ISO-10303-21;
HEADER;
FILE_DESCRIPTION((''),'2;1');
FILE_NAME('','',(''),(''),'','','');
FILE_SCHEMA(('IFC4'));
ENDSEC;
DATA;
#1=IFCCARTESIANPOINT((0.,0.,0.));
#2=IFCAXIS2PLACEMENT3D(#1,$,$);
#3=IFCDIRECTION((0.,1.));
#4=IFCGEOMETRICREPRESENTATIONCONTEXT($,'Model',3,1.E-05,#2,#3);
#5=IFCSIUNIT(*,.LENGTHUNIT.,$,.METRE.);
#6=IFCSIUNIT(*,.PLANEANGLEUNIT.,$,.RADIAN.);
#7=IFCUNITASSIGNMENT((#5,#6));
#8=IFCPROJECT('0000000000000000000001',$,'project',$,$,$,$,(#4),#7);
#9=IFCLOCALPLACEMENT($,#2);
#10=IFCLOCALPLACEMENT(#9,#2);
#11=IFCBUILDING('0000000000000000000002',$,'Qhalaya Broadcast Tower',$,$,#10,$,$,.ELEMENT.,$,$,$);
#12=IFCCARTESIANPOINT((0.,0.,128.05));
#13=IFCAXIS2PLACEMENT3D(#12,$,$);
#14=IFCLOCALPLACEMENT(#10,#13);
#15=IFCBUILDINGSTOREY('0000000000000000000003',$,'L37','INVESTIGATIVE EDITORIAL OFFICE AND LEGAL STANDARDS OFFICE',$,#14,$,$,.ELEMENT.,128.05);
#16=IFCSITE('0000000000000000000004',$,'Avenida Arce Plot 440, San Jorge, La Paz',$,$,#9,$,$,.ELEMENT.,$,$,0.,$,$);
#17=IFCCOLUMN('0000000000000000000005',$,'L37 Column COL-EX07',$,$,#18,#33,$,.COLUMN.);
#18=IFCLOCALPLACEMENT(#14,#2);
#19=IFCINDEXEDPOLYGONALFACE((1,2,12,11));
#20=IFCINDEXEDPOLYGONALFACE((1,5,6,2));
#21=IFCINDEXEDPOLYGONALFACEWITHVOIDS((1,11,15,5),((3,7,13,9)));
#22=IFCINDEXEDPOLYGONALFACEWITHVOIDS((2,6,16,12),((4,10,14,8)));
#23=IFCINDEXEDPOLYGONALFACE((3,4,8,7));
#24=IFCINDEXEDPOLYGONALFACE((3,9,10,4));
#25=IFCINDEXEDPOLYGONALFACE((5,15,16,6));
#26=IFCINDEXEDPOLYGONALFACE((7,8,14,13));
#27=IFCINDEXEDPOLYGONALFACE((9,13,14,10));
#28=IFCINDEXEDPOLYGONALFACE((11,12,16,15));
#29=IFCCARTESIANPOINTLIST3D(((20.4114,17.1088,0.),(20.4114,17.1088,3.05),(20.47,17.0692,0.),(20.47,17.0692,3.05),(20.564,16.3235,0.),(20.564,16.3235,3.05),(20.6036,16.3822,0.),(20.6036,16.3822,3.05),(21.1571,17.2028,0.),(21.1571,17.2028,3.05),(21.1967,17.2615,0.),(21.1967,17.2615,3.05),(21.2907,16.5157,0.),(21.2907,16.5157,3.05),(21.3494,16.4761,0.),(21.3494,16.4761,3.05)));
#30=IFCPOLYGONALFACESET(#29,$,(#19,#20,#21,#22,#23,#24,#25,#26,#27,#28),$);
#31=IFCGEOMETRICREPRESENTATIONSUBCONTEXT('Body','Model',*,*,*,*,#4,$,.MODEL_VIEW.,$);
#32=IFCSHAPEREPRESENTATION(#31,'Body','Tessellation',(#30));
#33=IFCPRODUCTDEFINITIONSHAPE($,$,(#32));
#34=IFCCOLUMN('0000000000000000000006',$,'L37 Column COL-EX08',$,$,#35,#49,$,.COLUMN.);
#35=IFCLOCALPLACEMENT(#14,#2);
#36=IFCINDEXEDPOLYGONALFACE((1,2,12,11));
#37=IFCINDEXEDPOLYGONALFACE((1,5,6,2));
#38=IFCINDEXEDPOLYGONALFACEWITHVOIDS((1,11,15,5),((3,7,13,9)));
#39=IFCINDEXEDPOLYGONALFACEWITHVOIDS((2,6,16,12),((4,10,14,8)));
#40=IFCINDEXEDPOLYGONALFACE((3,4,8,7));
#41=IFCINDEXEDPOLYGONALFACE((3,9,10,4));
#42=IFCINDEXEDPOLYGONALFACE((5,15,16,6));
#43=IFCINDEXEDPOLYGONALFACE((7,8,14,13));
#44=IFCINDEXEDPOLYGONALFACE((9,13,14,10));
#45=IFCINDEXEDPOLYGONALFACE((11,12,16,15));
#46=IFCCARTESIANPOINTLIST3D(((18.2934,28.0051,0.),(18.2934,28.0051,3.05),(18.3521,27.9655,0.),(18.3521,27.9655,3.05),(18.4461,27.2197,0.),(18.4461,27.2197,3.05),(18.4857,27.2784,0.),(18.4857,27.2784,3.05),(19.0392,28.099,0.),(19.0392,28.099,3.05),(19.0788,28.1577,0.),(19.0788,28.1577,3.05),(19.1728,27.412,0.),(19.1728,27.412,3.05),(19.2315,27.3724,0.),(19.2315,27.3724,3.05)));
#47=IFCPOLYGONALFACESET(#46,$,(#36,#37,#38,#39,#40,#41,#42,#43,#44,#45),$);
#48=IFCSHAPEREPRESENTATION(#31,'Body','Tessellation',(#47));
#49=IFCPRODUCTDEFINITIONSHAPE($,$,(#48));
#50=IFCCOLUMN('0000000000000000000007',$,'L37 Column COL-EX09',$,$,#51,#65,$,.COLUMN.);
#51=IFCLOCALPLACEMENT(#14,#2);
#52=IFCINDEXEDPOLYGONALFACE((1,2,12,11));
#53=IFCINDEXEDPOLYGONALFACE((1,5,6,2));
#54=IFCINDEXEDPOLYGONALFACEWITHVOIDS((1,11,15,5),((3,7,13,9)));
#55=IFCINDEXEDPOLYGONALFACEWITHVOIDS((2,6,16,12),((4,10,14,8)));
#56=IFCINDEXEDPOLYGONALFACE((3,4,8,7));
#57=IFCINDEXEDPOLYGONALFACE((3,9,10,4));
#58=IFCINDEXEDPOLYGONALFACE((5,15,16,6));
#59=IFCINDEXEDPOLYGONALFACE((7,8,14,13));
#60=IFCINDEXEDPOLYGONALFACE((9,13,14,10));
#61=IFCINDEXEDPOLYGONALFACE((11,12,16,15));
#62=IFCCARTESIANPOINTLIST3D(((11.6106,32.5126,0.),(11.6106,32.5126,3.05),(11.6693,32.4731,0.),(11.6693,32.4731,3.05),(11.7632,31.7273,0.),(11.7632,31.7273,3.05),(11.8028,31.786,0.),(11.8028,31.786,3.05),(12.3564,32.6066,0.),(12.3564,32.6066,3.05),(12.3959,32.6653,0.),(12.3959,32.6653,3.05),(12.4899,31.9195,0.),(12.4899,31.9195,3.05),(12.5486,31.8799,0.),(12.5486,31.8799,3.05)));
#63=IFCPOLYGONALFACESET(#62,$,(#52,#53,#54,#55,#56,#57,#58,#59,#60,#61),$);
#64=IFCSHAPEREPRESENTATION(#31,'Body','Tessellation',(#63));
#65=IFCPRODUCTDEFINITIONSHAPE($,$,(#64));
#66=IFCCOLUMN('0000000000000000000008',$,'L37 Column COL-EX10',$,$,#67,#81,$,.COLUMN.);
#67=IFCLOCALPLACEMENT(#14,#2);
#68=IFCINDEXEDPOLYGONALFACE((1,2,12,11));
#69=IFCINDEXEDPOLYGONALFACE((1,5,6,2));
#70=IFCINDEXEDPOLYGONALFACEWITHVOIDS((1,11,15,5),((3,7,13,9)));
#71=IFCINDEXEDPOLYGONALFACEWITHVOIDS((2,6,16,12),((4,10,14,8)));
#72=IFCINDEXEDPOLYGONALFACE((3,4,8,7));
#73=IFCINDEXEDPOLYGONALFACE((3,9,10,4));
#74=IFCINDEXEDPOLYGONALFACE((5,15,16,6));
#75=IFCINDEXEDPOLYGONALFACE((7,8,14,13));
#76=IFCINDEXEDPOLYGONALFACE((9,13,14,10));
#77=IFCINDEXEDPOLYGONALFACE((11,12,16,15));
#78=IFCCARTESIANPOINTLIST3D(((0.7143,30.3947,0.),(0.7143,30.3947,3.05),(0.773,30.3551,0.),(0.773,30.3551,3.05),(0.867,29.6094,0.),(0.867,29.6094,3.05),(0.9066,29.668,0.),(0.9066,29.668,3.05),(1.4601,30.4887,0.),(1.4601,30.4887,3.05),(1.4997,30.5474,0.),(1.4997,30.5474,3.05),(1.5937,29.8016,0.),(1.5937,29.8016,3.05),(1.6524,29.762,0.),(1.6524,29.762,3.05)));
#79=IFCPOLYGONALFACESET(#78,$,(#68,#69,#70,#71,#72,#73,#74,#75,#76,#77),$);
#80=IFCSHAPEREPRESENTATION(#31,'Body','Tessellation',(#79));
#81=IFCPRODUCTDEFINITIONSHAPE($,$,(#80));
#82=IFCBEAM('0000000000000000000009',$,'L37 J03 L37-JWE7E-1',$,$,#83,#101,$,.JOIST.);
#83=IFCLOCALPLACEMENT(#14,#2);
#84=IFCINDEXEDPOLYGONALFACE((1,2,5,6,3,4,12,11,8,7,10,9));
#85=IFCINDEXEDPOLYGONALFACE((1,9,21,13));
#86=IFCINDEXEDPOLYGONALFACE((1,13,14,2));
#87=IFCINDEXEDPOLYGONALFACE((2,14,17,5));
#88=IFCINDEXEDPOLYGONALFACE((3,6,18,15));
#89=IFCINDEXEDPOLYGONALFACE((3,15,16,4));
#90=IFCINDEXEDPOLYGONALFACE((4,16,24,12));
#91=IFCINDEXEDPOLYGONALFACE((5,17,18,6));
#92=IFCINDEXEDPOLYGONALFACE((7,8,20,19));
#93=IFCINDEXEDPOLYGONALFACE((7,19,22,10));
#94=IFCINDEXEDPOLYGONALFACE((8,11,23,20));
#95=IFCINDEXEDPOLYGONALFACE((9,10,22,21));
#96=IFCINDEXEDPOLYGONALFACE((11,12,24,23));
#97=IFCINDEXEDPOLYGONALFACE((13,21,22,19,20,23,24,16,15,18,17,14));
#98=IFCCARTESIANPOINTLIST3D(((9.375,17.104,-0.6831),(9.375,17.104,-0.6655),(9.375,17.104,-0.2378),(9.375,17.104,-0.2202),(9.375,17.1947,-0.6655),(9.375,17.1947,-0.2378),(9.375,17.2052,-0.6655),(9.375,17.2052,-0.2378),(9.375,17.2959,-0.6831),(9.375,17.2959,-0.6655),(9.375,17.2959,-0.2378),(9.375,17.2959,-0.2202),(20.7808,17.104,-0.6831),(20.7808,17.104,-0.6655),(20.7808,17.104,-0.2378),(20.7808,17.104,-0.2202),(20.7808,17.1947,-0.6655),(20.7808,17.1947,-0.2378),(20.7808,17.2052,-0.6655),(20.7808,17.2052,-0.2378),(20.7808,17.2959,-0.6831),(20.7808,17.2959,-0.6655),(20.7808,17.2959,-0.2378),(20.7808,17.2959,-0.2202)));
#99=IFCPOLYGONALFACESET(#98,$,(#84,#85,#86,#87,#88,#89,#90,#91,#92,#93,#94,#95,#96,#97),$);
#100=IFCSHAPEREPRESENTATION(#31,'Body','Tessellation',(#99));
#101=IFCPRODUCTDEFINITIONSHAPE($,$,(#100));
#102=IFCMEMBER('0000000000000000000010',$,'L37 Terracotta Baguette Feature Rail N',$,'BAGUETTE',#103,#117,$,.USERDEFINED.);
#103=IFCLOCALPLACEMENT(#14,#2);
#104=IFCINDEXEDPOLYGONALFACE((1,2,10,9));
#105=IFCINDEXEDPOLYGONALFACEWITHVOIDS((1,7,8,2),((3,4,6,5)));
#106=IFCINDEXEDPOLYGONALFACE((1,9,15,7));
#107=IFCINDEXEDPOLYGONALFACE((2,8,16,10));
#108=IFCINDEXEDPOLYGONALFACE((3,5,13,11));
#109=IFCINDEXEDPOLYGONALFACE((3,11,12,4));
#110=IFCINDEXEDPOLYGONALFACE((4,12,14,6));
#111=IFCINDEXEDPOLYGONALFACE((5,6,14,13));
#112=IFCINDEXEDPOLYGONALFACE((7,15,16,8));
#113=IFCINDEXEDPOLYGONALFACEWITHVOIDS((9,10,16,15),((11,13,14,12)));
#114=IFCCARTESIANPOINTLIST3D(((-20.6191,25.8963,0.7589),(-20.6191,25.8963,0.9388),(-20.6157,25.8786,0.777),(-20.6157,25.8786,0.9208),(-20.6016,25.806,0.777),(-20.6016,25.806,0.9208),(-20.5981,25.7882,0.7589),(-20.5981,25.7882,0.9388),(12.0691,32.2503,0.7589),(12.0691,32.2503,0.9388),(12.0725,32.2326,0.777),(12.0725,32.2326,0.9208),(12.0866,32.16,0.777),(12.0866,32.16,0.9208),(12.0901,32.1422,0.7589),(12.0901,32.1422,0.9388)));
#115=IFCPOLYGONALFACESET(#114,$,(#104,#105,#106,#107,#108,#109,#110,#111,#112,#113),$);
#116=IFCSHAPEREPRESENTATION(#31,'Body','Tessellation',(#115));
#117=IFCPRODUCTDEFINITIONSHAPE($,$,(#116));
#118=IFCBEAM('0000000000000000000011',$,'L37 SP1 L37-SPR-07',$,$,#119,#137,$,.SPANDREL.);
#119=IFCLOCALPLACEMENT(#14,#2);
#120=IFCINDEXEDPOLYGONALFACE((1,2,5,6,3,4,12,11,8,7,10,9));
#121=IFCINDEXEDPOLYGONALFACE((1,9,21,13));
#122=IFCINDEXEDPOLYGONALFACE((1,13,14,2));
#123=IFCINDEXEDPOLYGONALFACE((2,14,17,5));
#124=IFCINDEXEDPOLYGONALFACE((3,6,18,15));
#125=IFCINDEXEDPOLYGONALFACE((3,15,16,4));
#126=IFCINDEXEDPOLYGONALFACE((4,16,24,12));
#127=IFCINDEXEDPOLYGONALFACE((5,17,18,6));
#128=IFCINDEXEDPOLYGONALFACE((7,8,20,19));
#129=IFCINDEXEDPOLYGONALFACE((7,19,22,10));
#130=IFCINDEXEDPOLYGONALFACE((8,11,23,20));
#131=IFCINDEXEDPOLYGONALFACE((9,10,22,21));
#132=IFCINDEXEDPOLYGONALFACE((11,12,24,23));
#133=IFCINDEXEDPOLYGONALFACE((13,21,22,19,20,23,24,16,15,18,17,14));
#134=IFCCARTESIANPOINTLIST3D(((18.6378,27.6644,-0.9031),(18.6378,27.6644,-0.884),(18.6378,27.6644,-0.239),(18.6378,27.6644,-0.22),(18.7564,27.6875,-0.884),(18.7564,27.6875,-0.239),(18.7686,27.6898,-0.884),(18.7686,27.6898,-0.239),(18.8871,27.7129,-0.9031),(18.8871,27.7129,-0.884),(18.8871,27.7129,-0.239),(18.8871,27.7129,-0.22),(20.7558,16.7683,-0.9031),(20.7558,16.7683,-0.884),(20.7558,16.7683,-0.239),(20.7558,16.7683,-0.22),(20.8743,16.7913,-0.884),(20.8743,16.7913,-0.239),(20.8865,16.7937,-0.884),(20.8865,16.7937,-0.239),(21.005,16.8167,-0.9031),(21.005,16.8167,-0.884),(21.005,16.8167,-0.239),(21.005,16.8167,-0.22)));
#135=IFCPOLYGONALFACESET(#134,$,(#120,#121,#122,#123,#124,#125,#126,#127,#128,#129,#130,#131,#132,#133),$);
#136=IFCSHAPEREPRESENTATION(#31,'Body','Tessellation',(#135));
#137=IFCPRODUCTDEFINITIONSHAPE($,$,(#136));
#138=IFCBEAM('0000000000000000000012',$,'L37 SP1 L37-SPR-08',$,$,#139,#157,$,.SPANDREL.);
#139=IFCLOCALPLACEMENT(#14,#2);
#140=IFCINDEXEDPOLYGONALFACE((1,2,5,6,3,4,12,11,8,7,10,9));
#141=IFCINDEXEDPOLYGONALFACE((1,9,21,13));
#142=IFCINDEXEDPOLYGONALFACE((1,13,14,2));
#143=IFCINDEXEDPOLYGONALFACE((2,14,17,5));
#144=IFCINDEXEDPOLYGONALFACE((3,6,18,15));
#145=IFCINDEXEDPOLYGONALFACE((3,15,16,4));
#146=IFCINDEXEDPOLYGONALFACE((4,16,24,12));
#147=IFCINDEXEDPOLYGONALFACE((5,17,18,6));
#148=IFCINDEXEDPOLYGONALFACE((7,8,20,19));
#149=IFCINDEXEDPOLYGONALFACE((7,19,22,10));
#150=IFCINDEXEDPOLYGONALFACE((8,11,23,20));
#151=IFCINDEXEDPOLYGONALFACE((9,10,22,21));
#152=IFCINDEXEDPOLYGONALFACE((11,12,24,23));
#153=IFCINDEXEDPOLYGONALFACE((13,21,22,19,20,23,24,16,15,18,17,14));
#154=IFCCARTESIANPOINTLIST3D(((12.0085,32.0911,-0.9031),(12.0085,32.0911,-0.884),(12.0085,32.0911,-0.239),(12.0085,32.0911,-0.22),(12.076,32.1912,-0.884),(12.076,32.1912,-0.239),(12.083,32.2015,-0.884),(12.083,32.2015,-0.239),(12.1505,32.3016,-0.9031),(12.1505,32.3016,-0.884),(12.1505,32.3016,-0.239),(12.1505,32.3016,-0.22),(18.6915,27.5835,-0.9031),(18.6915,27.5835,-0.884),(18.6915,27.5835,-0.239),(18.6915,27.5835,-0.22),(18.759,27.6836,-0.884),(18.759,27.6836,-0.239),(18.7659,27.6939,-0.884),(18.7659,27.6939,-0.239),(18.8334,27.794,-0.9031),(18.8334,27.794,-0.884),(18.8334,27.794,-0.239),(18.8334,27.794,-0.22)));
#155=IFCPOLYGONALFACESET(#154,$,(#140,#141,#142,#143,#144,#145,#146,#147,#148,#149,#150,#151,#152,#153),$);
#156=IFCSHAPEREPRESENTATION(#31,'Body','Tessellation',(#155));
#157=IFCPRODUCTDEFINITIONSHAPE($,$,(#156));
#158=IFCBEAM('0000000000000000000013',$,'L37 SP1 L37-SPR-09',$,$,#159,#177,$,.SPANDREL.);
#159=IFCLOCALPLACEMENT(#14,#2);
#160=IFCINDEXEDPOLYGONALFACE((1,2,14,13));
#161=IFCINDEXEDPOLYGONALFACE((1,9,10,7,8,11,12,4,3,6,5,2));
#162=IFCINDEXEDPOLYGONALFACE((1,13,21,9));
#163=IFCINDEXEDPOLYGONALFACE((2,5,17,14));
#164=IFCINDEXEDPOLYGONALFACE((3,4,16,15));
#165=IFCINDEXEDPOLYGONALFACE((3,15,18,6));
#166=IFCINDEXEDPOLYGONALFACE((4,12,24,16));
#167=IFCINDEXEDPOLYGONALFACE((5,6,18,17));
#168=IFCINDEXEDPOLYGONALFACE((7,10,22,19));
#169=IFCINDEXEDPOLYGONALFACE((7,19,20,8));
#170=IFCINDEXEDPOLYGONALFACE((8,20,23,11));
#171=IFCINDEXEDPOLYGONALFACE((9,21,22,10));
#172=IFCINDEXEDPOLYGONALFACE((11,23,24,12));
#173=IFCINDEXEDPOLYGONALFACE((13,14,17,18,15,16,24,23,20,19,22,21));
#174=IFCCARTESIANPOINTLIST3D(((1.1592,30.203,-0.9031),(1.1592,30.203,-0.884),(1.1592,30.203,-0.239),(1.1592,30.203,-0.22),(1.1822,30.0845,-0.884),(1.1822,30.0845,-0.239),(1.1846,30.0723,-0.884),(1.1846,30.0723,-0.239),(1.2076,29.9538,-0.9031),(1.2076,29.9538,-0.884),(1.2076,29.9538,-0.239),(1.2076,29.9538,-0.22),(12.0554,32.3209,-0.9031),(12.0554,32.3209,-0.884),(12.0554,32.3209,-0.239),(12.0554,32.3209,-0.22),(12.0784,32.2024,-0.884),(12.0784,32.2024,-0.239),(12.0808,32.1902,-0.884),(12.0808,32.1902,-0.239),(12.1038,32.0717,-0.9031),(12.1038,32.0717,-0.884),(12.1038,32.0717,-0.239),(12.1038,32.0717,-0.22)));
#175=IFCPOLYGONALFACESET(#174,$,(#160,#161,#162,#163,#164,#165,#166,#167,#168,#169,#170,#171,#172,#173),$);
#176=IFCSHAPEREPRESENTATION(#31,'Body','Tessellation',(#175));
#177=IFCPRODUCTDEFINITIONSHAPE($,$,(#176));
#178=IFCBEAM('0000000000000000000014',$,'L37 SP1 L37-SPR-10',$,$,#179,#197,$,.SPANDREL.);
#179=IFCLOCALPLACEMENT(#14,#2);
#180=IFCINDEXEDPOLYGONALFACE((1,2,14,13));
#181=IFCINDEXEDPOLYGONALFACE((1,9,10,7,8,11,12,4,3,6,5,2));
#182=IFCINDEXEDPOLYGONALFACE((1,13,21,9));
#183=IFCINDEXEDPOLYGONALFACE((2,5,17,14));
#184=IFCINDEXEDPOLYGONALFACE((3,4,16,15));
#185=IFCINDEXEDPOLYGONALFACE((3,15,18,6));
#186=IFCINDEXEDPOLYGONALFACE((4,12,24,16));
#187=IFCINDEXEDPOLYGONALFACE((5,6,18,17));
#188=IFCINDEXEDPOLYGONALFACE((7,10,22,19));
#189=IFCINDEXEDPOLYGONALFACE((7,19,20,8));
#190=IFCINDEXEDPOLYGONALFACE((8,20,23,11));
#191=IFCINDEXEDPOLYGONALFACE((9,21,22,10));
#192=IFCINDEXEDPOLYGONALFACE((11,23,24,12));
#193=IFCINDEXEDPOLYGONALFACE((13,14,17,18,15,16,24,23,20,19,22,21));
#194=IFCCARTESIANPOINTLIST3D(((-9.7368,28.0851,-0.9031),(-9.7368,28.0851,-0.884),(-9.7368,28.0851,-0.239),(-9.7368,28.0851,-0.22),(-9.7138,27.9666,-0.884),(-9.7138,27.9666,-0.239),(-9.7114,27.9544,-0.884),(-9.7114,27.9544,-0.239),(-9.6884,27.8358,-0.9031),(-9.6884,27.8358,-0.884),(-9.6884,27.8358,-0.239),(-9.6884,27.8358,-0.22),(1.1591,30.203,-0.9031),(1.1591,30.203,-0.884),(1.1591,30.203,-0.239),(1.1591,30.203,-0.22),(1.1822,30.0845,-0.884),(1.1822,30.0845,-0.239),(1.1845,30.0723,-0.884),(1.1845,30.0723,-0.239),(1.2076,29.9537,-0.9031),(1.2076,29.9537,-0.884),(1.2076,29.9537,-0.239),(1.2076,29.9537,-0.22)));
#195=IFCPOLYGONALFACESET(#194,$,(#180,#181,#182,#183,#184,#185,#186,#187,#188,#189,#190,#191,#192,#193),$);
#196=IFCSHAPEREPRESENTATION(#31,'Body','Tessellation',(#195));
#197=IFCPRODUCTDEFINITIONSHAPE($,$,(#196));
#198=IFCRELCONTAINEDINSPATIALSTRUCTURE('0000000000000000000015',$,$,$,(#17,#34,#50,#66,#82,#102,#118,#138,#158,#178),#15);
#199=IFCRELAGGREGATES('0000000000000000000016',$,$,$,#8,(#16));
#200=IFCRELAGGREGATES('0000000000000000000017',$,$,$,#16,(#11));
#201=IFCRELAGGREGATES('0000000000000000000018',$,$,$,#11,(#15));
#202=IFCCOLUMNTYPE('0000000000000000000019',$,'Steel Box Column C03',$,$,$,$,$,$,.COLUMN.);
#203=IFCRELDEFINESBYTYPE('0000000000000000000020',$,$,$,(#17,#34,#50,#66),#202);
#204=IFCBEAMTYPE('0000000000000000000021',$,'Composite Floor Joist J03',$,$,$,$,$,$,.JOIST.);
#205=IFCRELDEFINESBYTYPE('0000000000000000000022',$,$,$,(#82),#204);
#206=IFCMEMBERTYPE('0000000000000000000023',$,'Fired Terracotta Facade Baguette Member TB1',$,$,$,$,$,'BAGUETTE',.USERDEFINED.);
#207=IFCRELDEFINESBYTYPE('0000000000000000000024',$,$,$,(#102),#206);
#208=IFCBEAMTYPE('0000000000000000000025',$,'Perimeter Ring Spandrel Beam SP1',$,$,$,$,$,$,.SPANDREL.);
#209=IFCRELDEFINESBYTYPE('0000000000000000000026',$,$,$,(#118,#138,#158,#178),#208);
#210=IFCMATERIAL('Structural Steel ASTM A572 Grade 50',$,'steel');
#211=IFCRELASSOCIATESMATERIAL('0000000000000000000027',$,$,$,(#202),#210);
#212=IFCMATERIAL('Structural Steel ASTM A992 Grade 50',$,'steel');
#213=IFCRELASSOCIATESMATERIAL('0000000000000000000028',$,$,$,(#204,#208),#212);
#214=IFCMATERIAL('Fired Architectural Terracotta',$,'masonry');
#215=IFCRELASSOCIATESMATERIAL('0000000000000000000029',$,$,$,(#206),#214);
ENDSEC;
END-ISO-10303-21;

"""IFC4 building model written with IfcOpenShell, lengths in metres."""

from ifc_helpers import new_model, si_unit, direction, frame, origin, origin_2d, place, context, subcontext, project, spatial, hollow_rectangle, i_section, extrude, material, material_profile, profile_set, type_object, element, save


model = new_model("IFC4")

# Units and contexts
model_context = context("Model", 3, precision=1e-05, world=origin(), true_north=direction((0.0, 1.0)))
body_context = subcontext(model_context, "Body", "Model", "MODEL_VIEW")
ifc_project = project(units=[si_unit("LENGTHUNIT", "METRE"), si_unit("PLANEANGLEUNIT", "RADIAN")], contexts=[model_context])

# Site, building, storey
site_placement = place(None, origin())
site = spatial("IfcSite", under=ifc_project, at=site_placement, Name="Avenida Arce Plot 440, San Jorge, La Paz", CompositionType="ELEMENT", RefElevation=0.0)
building_placement = place(site_placement, origin())
building = spatial("IfcBuilding", under=site, at=building_placement, Name="Qhalaya Broadcast Tower", CompositionType="ELEMENT")
storey_placement = place(building_placement, frame((0.0, 0.0, 128.05)))
storey = spatial("IfcBuildingStorey", under=building, at=storey_placement, Name="L37", Description="INVESTIGATIVE EDITORIAL OFFICE AND LEGAL STANDARDS OFFICE", CompositionType="ELEMENT", Elevation=128.05)

# Columns
ifc_material_1 = material(Name="Structural Steel ASTM A572 Grade 50", Category="steel")
ifc_material_profile_1 = material_profile(ifc_material_1, hollow_rectangle(XDim=0.8, YDim=0.8, WallThickness=0.05, at=origin_2d()), Name="BOX 800x800x50")
ifc_profile_set_1 = profile_set([ifc_material_profile_1], Name="Structural Steel ASTM A572 Grade 50")
column_type = type_object("IfcColumnType", Name="Steel Box Column C03", PredefinedType="COLUMN", material=ifc_profile_set_1)
for number, where, z_axis, x_axis, name in (
    (1, (20.8804, 16.7925, 0.0), (0.0, 0.0, 1.0), (-0.190809, 0.981627, 0.0), "L37 Column COL-EX07"),
    (2, (18.7625, 27.6887, 0.0), (0.0, 0.0, 1.0), (-0.190809, 0.981627, 0.0), "L37 Column COL-EX08"),
    (3, (12.0796, 32.1963, 0.0), (0.0, 0.0, 1.0), (0.981627, 0.190809, 0.0), "L37 Column COL-EX09"),
    (4, (1.1833, 30.0784, 0.0), (0.0, 0.0, 1.0), (0.981627, 0.190809, 0.0), "L37 Column COL-EX10"),
):
    element("IfcColumn", number, at=place(storey_placement, frame(where, z_axis=z_axis, x_axis=x_axis)), inside=storey, type_object=column_type, Name=name, PredefinedType="COLUMN", context=body_context, shape_type="SweptSolid", body=[
        extrude(hollow_rectangle(XDim=0.8, YDim=0.8, WallThickness=0.05, at=origin_2d()), origin(), (0.0, 0.0, 1.0), 3.05),
    ])

# Beam
ifc_material_2 = material(Name="Structural Steel ASTM A992 Grade 50", Category="steel")
ifc_material_profile_2 = material_profile(ifc_material_2, i_section(OverallWidth=0.1919, OverallDepth=0.4629, WebThickness=0.0105, FlangeThickness=0.0176, at=origin_2d()), Name="W18X60")
ifc_profile_set_2 = profile_set([ifc_material_profile_2], Name="Structural Steel ASTM A992 Grade 50")
beam_type_1 = type_object("IfcBeamType", Name="Composite Floor Joist J03", PredefinedType="JOIST", material=ifc_profile_set_2)
beam_1_placement = place(storey_placement, frame((9.375, 17.2, -0.4517), z_axis=(1.0, 0.0, 0.0), x_axis=(0.0, 1.0, 0.0)))
element("IfcBeam", 5, at=beam_1_placement, inside=storey, type_object=beam_type_1, Name="L37 J03 L37-JWE7E-1", PredefinedType="JOIST", context=body_context, shape_type="SweptSolid", body=[
    extrude(i_section(OverallWidth=0.1919, OverallDepth=0.4629, WebThickness=0.0105, FlangeThickness=0.0176, at=origin_2d()), origin(), (0.0, 0.0, 1.0), 11.4058),
])

# Member
ifc_material_3 = material(Name="Fired Architectural Terracotta", Category="masonry")
ifc_material_profile_3 = material_profile(ifc_material_3, hollow_rectangle(XDim=0.1101, YDim=0.1799, WallThickness=0.0181, at=origin_2d()), Name="TB-BAG 110x180x18")
ifc_profile_set_3 = profile_set([ifc_material_profile_3], Name="Fired Architectural Terracotta")
member_type = type_object("IfcMemberType", Name="Fired Terracotta Facade Baguette Member TB1", ElementType="BAGUETTE", PredefinedType="USERDEFINED", material=ifc_profile_set_3)
member_placement = place(storey_placement, frame((12.0796, 32.1963, 0.8489), z_axis=(-0.981627, -0.190811, 0.0), x_axis=(0.190811, -0.981627, 0.0)))
element("IfcMember", 6, at=member_placement, inside=storey, type_object=member_type, Name="L37 Terracotta Baguette Feature Rail N", ObjectType="BAGUETTE", PredefinedType="USERDEFINED", context=body_context, shape_type="SweptSolid", body=[
    extrude(hollow_rectangle(XDim=0.1101, YDim=0.1799, WallThickness=0.0181, at=origin_2d()), origin(), (0.0, 0.0, 1.0), 33.3),
])

# Beams
ifc_material_profile_4 = material_profile(ifc_material_2, i_section(OverallWidth=0.2539, OverallDepth=0.6831, WebThickness=0.0125, FlangeThickness=0.019, at=origin_2d()), Name="W27X94")
ifc_profile_set_4 = profile_set([ifc_material_profile_4], Name="Structural Steel ASTM A992 Grade 50")
beam_type_2 = type_object("IfcBeamType", Name="Perimeter Ring Spandrel Beam SP1", PredefinedType="SPANDREL", material=ifc_profile_set_4)
beam_2_placement = place(storey_placement, frame((20.8804, 16.7925, -0.5615), z_axis=(-0.190801, 0.981629, 0.0), x_axis=(-0.981629, -0.190801, 0.0)))
element("IfcBeam", 7, at=beam_2_placement, inside=storey, type_object=beam_type_2, Name="L37 SP1 L37-SPR-07", PredefinedType="SPANDREL", context=body_context, shape_type="SweptSolid", body=[
    extrude(i_section(OverallWidth=0.2539, OverallDepth=0.6831, WebThickness=0.0125, FlangeThickness=0.019, at=origin_2d()), origin(), (0.0, 0.0, 1.0), 11.1001),
])
beam_3_placement = place(storey_placement, frame((18.7625, 27.6887, -0.5615), z_axis=(-0.829042, 0.559186, 0.0), x_axis=(-0.559186, -0.829042, 0.0)))
element("IfcBeam", 8, at=beam_3_placement, inside=storey, type_object=beam_type_2, Name="L37 SP1 L37-SPR-08", PredefinedType="SPANDREL", context=body_context, shape_type="SweptSolid", body=[
    extrude(i_section(OverallWidth=0.2539, OverallDepth=0.6831, WebThickness=0.0125, FlangeThickness=0.019, at=origin_2d()), origin(), (0.0, 0.0, 1.0), 8.061),
])
beam_4_placement = place(storey_placement, frame((12.0796, 32.1963, -0.5615), z_axis=(-0.981629, -0.190801, 0.0), x_axis=(0.190801, -0.981629, 0.0)))
element("IfcBeam", 9, at=beam_4_placement, inside=storey, type_object=beam_type_2, Name="L37 SP1 L37-SPR-09", PredefinedType="SPANDREL", context=body_context, shape_type="SweptSolid", body=[
    extrude(i_section(OverallWidth=0.2539, OverallDepth=0.6831, WebThickness=0.0125, FlangeThickness=0.019, at=origin_2d()), origin(), (0.0, 0.0, 1.0), 11.1001),
])
beam_5_placement = place(storey_placement, frame((1.1833, 30.0784, -0.5615), z_axis=(-0.981628, -0.190805, 0.0), x_axis=(0.190805, -0.981628, 0.0)))
element("IfcBeam", 10, at=beam_5_placement, inside=storey, type_object=beam_type_2, Name="L37 SP1 L37-SPR-10", PredefinedType="SPANDREL", context=body_context, shape_type="SweptSolid", body=[
    extrude(i_section(OverallWidth=0.2539, OverallDepth=0.6831, WebThickness=0.0125, FlangeThickness=0.019, at=origin_2d()), origin(), (0.0, 0.0, 1.0), 11.0999),
])

save(model, "model.ifc")
